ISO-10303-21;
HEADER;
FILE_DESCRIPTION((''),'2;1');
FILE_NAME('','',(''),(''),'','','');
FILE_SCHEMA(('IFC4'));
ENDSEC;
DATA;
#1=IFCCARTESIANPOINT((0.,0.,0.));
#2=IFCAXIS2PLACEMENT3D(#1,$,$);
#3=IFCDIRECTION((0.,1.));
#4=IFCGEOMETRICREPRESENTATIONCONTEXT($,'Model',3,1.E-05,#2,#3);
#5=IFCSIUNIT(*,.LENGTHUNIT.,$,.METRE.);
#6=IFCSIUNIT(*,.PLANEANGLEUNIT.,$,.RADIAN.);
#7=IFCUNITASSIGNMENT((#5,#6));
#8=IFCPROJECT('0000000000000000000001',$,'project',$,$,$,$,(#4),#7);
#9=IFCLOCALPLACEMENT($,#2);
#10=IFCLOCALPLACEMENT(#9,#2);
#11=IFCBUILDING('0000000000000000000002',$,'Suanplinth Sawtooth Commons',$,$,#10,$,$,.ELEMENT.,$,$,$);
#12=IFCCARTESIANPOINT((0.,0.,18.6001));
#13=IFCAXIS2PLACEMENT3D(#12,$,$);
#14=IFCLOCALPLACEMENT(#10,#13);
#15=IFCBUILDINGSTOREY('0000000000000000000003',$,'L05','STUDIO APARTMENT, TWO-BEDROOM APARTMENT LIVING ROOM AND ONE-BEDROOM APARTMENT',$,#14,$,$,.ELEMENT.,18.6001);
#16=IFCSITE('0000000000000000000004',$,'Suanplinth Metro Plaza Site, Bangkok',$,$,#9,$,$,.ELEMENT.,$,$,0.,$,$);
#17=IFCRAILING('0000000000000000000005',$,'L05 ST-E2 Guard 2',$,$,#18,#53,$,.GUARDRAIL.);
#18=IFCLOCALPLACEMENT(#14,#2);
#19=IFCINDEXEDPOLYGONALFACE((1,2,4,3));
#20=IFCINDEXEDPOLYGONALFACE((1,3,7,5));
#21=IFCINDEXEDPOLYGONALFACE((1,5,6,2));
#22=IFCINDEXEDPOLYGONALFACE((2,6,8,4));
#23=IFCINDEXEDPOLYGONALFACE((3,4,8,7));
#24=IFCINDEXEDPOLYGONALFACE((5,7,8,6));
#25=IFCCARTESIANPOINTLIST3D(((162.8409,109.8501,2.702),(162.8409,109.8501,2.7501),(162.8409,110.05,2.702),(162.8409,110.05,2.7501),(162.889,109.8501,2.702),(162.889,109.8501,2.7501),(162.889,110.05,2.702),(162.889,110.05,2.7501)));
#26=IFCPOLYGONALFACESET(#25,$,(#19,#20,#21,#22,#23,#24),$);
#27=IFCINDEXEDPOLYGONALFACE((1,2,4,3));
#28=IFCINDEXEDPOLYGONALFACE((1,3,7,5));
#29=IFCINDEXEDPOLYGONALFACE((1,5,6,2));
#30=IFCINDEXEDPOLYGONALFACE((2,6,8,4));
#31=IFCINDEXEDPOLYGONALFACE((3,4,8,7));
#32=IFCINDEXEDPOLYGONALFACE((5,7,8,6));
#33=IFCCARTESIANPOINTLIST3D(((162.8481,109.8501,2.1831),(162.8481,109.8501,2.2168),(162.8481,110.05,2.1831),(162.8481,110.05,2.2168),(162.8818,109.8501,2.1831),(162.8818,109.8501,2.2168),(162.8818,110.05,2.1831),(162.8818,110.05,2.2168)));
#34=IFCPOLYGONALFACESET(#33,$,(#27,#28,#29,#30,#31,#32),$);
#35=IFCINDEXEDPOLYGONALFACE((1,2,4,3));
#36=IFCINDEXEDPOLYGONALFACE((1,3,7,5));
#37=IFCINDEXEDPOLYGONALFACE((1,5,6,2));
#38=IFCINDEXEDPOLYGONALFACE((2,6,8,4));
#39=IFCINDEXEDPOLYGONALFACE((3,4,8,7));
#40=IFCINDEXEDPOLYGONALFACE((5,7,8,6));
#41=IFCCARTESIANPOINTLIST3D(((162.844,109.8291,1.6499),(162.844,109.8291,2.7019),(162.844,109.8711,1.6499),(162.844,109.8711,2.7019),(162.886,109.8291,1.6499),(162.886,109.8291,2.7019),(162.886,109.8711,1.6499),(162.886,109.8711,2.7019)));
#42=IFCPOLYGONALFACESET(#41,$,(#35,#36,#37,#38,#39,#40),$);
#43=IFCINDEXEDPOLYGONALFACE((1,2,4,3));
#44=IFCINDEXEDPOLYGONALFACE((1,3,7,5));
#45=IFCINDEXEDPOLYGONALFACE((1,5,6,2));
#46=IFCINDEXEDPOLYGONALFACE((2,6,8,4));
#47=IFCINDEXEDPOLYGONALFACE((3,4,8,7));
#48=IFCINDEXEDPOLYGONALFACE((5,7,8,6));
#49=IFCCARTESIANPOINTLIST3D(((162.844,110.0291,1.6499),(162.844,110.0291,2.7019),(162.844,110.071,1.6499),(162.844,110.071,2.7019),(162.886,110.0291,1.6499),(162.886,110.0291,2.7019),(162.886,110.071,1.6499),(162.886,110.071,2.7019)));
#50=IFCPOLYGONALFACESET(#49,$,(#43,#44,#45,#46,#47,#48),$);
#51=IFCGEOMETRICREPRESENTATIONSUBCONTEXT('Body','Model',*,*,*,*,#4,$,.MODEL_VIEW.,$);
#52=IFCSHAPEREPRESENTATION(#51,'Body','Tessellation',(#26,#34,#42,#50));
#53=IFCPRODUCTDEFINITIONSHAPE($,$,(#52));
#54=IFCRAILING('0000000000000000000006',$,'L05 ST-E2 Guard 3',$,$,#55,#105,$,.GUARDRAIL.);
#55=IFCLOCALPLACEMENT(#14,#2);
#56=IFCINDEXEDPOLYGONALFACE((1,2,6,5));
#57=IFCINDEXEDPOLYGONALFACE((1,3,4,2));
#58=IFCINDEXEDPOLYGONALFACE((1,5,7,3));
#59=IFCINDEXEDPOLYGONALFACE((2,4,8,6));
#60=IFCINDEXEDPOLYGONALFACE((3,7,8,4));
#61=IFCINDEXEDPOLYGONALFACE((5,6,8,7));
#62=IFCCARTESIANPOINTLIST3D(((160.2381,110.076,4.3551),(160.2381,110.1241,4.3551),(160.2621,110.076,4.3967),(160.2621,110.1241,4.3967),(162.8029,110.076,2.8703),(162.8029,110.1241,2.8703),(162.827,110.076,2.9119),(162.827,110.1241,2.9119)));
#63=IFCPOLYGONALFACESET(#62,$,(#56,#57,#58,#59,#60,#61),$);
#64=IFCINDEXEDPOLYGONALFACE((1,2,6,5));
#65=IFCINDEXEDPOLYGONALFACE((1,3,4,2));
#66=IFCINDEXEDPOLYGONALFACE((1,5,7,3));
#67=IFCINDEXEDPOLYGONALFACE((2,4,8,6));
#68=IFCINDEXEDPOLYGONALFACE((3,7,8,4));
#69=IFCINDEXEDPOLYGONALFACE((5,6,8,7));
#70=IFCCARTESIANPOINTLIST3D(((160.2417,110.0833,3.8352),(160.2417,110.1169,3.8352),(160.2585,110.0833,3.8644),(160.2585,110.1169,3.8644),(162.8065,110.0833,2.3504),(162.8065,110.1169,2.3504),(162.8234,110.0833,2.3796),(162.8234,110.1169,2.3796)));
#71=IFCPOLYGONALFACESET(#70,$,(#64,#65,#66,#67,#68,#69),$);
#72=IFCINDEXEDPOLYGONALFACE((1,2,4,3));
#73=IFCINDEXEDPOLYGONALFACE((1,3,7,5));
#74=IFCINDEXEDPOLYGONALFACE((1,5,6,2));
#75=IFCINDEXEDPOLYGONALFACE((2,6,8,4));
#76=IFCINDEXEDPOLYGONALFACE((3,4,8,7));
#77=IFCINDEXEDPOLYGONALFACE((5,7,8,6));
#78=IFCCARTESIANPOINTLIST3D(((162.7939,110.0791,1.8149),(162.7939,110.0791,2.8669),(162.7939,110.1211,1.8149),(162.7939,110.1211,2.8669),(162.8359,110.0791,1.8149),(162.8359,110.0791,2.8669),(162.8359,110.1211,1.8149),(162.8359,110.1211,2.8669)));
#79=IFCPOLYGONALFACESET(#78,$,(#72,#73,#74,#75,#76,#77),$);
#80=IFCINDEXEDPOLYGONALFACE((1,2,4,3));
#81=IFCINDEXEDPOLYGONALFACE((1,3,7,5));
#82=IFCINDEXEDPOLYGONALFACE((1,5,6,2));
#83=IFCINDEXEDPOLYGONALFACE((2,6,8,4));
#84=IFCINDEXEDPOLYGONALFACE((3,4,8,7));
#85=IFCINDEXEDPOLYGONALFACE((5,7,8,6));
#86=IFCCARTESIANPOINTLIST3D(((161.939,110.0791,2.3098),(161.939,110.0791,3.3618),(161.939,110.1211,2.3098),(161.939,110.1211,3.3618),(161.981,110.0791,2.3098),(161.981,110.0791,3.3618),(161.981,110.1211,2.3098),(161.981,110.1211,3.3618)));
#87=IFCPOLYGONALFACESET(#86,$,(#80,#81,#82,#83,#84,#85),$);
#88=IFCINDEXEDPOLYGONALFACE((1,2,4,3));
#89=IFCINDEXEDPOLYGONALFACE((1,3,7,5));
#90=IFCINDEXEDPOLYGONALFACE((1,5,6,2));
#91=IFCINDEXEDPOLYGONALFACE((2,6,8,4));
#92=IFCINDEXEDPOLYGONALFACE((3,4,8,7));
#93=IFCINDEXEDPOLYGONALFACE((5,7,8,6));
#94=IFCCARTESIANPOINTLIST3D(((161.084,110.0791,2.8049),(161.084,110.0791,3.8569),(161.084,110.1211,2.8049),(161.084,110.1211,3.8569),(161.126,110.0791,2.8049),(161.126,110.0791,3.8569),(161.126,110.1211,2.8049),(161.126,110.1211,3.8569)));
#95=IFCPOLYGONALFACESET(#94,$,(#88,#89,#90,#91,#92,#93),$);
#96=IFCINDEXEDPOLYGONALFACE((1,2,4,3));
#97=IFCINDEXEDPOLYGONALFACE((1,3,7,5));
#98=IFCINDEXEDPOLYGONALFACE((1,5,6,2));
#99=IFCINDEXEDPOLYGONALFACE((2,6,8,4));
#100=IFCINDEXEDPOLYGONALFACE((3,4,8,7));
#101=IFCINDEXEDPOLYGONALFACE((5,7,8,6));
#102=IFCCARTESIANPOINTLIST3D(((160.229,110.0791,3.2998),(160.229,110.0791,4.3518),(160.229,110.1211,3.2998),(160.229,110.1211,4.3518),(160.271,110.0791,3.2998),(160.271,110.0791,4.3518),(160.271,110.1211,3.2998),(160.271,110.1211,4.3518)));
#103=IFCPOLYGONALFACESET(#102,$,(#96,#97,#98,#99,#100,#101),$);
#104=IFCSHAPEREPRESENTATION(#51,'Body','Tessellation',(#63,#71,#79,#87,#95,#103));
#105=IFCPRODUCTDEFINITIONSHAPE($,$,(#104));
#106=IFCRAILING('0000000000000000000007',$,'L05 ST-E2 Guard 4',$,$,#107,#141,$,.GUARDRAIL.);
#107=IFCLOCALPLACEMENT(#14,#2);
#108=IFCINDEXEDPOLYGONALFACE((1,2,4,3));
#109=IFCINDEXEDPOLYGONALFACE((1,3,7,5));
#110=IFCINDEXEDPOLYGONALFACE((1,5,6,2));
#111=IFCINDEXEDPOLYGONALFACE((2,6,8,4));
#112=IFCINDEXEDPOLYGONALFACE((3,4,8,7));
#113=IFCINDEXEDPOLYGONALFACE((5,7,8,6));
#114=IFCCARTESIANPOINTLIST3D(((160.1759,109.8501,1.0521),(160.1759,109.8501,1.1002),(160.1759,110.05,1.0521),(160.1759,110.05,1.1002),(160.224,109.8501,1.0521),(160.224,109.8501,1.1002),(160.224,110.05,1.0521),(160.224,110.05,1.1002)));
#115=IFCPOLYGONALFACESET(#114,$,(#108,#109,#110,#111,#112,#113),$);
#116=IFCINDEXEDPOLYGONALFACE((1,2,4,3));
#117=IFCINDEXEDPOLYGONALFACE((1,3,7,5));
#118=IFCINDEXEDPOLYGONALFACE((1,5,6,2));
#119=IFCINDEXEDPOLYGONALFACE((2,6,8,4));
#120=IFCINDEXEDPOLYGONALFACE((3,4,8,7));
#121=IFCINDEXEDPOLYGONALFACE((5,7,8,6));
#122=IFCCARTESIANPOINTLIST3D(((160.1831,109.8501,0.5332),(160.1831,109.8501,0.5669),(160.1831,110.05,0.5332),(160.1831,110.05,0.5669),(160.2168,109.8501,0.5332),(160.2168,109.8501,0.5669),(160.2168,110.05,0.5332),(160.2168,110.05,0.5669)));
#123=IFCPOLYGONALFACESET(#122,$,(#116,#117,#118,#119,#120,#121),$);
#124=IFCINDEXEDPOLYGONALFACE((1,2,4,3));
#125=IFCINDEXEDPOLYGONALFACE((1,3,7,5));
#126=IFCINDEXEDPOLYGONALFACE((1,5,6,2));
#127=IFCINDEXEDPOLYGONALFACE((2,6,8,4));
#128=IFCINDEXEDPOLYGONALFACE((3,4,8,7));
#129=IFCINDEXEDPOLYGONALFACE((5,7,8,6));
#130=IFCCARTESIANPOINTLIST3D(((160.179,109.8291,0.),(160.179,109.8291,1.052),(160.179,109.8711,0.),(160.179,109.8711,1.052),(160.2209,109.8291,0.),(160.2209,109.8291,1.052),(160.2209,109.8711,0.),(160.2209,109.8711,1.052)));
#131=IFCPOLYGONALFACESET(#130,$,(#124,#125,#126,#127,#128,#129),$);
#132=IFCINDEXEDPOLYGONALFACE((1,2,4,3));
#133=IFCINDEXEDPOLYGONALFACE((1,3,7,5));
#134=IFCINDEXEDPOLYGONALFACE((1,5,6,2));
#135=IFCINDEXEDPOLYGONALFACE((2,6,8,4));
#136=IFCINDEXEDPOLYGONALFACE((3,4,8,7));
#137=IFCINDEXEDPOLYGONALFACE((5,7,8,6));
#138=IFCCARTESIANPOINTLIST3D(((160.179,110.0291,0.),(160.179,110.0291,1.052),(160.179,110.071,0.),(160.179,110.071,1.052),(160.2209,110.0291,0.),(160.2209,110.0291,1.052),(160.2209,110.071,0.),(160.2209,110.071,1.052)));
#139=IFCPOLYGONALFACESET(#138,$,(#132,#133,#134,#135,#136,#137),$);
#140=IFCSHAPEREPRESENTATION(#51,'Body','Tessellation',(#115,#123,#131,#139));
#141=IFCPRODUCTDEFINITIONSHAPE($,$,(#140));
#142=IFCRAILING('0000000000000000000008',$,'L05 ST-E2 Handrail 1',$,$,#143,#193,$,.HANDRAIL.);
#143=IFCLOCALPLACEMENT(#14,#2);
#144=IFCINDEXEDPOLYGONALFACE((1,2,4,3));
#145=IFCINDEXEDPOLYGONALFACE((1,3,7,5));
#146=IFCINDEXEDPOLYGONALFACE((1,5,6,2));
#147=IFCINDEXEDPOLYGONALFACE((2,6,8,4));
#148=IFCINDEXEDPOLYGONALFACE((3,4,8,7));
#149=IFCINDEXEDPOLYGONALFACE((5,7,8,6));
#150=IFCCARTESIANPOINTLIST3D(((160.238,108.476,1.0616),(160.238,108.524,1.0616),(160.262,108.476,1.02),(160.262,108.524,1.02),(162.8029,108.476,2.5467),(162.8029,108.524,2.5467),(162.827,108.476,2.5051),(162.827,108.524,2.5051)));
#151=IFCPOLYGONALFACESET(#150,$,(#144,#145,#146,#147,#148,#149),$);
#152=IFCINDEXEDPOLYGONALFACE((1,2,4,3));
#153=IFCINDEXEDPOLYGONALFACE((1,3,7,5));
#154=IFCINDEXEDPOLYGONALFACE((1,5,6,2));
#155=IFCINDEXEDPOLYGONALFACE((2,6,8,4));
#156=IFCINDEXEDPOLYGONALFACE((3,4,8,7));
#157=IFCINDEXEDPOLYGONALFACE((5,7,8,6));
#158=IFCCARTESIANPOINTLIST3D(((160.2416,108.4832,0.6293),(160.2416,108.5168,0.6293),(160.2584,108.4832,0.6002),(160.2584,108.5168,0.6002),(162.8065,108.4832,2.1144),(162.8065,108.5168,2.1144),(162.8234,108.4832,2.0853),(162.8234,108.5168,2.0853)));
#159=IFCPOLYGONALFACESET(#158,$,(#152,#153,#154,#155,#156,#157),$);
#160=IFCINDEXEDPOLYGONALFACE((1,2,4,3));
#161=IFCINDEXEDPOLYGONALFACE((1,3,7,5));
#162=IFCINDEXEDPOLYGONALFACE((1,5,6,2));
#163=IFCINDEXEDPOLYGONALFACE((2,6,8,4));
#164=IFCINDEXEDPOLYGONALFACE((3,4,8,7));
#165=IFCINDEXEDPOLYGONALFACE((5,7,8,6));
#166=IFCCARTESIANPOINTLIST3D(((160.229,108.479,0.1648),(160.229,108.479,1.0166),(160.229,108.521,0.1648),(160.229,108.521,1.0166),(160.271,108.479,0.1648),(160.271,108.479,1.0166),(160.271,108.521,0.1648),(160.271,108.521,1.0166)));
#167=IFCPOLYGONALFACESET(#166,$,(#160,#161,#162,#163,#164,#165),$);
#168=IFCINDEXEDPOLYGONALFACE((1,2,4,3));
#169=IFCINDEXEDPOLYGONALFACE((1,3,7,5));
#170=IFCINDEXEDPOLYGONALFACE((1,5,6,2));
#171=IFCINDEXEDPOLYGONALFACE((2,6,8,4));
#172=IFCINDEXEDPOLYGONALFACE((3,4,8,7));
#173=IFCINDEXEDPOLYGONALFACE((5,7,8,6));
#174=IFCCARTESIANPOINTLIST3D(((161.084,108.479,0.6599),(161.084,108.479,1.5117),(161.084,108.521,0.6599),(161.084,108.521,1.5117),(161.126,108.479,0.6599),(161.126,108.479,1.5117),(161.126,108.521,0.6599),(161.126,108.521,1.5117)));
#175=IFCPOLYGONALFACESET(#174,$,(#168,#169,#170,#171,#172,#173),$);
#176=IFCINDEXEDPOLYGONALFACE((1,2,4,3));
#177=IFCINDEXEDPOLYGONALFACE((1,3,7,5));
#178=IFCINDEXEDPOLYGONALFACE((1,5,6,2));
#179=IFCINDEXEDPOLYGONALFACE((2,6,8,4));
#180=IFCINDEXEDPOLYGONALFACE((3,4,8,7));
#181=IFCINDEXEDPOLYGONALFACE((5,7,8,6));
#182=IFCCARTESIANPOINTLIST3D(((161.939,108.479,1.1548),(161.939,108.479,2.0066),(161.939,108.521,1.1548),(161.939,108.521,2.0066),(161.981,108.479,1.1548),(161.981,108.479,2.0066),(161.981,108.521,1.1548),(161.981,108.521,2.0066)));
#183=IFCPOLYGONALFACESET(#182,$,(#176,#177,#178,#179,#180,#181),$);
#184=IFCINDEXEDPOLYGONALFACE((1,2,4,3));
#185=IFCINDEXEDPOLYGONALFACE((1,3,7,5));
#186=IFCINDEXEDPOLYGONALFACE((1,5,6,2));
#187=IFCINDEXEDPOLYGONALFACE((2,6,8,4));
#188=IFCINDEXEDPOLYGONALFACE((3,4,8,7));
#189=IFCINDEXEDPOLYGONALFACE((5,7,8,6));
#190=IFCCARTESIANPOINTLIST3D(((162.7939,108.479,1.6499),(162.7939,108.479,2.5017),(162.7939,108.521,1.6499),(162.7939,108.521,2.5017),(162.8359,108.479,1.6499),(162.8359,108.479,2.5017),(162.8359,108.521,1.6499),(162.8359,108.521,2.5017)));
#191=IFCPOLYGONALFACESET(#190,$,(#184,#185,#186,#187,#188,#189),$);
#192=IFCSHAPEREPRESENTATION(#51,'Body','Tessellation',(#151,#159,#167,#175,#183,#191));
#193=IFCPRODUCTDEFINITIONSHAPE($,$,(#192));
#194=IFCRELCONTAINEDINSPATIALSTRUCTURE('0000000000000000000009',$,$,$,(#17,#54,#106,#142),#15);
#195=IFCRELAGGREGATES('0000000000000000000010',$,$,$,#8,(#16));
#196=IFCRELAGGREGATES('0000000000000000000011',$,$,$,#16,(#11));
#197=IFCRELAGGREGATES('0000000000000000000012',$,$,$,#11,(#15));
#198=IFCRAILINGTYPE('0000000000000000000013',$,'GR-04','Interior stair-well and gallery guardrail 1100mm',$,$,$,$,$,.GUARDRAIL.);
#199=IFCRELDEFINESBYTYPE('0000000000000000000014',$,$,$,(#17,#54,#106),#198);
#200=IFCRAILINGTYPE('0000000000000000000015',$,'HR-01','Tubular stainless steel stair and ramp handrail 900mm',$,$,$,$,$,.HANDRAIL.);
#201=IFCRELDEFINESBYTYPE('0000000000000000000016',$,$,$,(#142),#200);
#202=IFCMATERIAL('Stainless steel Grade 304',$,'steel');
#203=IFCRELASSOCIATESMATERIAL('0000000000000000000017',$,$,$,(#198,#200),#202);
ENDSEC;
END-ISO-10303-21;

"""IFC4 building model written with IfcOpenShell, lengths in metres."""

from ifc_helpers import new_model, si_unit, direction, frame, origin, origin_2d, place, context, subcontext, project, spatial, rectangle, extrude, material, type_object, element, save


model = new_model("IFC4")

# Units and contexts
model_context = context("Model", 3, precision=1e-05, world=origin(), true_north=direction((0.0, 1.0)))
body_context = subcontext(model_context, "Body", "Model", "MODEL_VIEW")
ifc_project = project(units=[si_unit("LENGTHUNIT", "METRE"), si_unit("PLANEANGLEUNIT", "RADIAN")], contexts=[model_context])

# Site, building, storey
site_placement = place(None, origin())
site = spatial("IfcSite", under=ifc_project, at=site_placement, Name="Suanplinth Metro Plaza Site, Bangkok", CompositionType="ELEMENT", RefElevation=0.0)
building_placement = place(site_placement, origin())
building = spatial("IfcBuilding", under=site, at=building_placement, Name="Suanplinth Sawtooth Commons", CompositionType="ELEMENT")
storey_placement = place(building_placement, frame((0.0, 0.0, 18.6001)))
storey = spatial("IfcBuildingStorey", under=building, at=storey_placement, Name="L05", Description="STUDIO APARTMENT, TWO-BEDROOM APARTMENT LIVING ROOM AND ONE-BEDROOM APARTMENT", CompositionType="ELEMENT", Elevation=18.6001)

# Shared definitions
ifc_material_1 = material(Name="Stainless steel Grade 304", Category="steel")

# Railings
railing_type_1 = type_object("IfcRailingType", Name="GR-04", Description="Interior stair-well and gallery guardrail 1100mm", PredefinedType="GUARDRAIL", material=ifc_material_1)
railing_1_placement = place(storey_placement, frame((162.865, 109.8501, 1.6499)))
element("IfcRailing", 1, at=railing_1_placement, inside=storey, type_object=railing_type_1, Name="L05 ST-E2 Guard 2", PredefinedType="GUARDRAIL", context=body_context, shape_type="SweptSolid", body=[
    extrude(rectangle(XDim=0.0481, YDim=0.0481, at=origin_2d()), frame((0.0, 0.0, 1.0762), z_axis=(0.0, 1.0, 0.0), x_axis=(-1.0, 0.0, 0.0)), (0.0, 0.0, 1.0), 0.2),
    extrude(rectangle(XDim=0.0337, YDim=0.0337, at=origin_2d()), frame((0.0, 0.0, 0.55), z_axis=(0.0, 1.0, 0.0), x_axis=(-1.0, 0.0, 0.0)), (0.0, 0.0, 1.0), 0.2),
    extrude(rectangle(XDim=0.042, YDim=0.042, at=origin_2d()), origin(), (0.0, 0.0, 1.0), 1.052),
    extrude(rectangle(XDim=0.042, YDim=0.042, at=origin_2d()), frame((0.0, 0.2, 0.0)), (0.0, 0.0, 1.0), 1.052),
])
railing_2_placement = place(storey_placement, frame((162.8149, 110.1001, 1.8149)))
element("IfcRailing", 2, at=railing_2_placement, inside=storey, type_object=railing_type_1, Name="L05 ST-E2 Guard 3", PredefinedType="GUARDRAIL", context=body_context, shape_type="SweptSolid", body=[
    extrude(rectangle(XDim=0.0481, YDim=0.0481, at=origin_2d()), frame((0.0, 0.0, 1.0762), z_axis=(-0.865441, 0.0, 0.50101), x_axis=(0.0, -1.0, 0.0)), (0.0, 0.0, 1.0), 2.9636),
    extrude(rectangle(XDim=0.0337, YDim=0.0337, at=origin_2d()), frame((0.0, 0.0, 0.55), z_axis=(-0.865441, 0.0, 0.50101), x_axis=(0.0, -1.0, 0.0)), (0.0, 0.0, 1.0), 2.9636),
    extrude(rectangle(XDim=0.042, YDim=0.042, at=origin_2d()), origin(), (0.0, 0.0, 1.0), 1.052),
    extrude(rectangle(XDim=0.042, YDim=0.042, at=origin_2d()), frame((-0.855, 0.0, 0.4949)), (0.0, 0.0, 1.0), 1.052),
    extrude(rectangle(XDim=0.042, YDim=0.042, at=origin_2d()), frame((-1.71, 0.0, 0.99)), (0.0, 0.0, 1.0), 1.052),
    extrude(rectangle(XDim=0.042, YDim=0.042, at=origin_2d()), frame((-2.5649, 0.0, 1.4849)), (0.0, 0.0, 1.0), 1.052),
])
railing_3_placement = place(storey_placement, frame((160.2, 109.8501, 0.0)))
element("IfcRailing", 3, at=railing_3_placement, inside=storey, type_object=railing_type_1, Name="L05 ST-E2 Guard 4", PredefinedType="GUARDRAIL", context=body_context, shape_type="SweptSolid", body=[
    extrude(rectangle(XDim=0.0481, YDim=0.0481, at=origin_2d()), frame((0.0, 0.0, 1.0762), z_axis=(0.0, 1.0, 0.0), x_axis=(-1.0, 0.0, 0.0)), (0.0, 0.0, 1.0), 0.2),
    extrude(rectangle(XDim=0.0337, YDim=0.0337, at=origin_2d()), frame((0.0, 0.0, 0.55), z_axis=(0.0, 1.0, 0.0), x_axis=(-1.0, 0.0, 0.0)), (0.0, 0.0, 1.0), 0.2),
    extrude(rectangle(XDim=0.042, YDim=0.042, at=origin_2d()), origin(), (0.0, 0.0, 1.0), 1.052),
    extrude(rectangle(XDim=0.042, YDim=0.042, at=origin_2d()), frame((0.0, 0.2, 0.0)), (0.0, 0.0, 1.0), 1.052),
])
railing_type_2 = type_object("IfcRailingType", Name="HR-01", Description="Tubular stainless steel stair and ramp handrail 900mm", PredefinedType="HANDRAIL", material=ifc_material_1)
railing_4_placement = place(storey_placement, frame((160.25, 108.5, 0.1648)))
element("IfcRailing", 4, at=railing_4_placement, inside=storey, type_object=railing_type_2, Name="L05 ST-E2 Handrail 1", PredefinedType="HANDRAIL", context=body_context, shape_type="SweptSolid", body=[
    extrude(rectangle(XDim=0.0481, YDim=0.0481, at=origin_2d()), frame((0.0, 0.0, 0.876), z_axis=(0.865406, 0.0, 0.501072), x_axis=(0.0, 1.0, 0.0)), (0.0, 0.0, 1.0), 2.9639),
    extrude(rectangle(XDim=0.0337, YDim=0.0337, at=origin_2d()), frame((0.0, 0.0, 0.45), z_axis=(0.865406, 0.0, 0.501072), x_axis=(0.0, 1.0, 0.0)), (0.0, 0.0, 1.0), 2.9639),
    extrude(rectangle(XDim=0.042, YDim=0.042, at=origin_2d()), origin(), (0.0, 0.0, 1.0), 0.8518),
    extrude(rectangle(XDim=0.042, YDim=0.042, at=origin_2d()), frame((0.855, 0.0, 0.4951)), (0.0, 0.0, 1.0), 0.8518),
    extrude(rectangle(XDim=0.042, YDim=0.042, at=origin_2d()), frame((1.71, 0.0, 0.99)), (0.0, 0.0, 1.0), 0.8518),
    extrude(rectangle(XDim=0.042, YDim=0.042, at=origin_2d()), frame((2.5649, 0.0, 1.4851)), (0.0, 0.0, 1.0), 0.8518),
])

save(model, "model.ifc")
